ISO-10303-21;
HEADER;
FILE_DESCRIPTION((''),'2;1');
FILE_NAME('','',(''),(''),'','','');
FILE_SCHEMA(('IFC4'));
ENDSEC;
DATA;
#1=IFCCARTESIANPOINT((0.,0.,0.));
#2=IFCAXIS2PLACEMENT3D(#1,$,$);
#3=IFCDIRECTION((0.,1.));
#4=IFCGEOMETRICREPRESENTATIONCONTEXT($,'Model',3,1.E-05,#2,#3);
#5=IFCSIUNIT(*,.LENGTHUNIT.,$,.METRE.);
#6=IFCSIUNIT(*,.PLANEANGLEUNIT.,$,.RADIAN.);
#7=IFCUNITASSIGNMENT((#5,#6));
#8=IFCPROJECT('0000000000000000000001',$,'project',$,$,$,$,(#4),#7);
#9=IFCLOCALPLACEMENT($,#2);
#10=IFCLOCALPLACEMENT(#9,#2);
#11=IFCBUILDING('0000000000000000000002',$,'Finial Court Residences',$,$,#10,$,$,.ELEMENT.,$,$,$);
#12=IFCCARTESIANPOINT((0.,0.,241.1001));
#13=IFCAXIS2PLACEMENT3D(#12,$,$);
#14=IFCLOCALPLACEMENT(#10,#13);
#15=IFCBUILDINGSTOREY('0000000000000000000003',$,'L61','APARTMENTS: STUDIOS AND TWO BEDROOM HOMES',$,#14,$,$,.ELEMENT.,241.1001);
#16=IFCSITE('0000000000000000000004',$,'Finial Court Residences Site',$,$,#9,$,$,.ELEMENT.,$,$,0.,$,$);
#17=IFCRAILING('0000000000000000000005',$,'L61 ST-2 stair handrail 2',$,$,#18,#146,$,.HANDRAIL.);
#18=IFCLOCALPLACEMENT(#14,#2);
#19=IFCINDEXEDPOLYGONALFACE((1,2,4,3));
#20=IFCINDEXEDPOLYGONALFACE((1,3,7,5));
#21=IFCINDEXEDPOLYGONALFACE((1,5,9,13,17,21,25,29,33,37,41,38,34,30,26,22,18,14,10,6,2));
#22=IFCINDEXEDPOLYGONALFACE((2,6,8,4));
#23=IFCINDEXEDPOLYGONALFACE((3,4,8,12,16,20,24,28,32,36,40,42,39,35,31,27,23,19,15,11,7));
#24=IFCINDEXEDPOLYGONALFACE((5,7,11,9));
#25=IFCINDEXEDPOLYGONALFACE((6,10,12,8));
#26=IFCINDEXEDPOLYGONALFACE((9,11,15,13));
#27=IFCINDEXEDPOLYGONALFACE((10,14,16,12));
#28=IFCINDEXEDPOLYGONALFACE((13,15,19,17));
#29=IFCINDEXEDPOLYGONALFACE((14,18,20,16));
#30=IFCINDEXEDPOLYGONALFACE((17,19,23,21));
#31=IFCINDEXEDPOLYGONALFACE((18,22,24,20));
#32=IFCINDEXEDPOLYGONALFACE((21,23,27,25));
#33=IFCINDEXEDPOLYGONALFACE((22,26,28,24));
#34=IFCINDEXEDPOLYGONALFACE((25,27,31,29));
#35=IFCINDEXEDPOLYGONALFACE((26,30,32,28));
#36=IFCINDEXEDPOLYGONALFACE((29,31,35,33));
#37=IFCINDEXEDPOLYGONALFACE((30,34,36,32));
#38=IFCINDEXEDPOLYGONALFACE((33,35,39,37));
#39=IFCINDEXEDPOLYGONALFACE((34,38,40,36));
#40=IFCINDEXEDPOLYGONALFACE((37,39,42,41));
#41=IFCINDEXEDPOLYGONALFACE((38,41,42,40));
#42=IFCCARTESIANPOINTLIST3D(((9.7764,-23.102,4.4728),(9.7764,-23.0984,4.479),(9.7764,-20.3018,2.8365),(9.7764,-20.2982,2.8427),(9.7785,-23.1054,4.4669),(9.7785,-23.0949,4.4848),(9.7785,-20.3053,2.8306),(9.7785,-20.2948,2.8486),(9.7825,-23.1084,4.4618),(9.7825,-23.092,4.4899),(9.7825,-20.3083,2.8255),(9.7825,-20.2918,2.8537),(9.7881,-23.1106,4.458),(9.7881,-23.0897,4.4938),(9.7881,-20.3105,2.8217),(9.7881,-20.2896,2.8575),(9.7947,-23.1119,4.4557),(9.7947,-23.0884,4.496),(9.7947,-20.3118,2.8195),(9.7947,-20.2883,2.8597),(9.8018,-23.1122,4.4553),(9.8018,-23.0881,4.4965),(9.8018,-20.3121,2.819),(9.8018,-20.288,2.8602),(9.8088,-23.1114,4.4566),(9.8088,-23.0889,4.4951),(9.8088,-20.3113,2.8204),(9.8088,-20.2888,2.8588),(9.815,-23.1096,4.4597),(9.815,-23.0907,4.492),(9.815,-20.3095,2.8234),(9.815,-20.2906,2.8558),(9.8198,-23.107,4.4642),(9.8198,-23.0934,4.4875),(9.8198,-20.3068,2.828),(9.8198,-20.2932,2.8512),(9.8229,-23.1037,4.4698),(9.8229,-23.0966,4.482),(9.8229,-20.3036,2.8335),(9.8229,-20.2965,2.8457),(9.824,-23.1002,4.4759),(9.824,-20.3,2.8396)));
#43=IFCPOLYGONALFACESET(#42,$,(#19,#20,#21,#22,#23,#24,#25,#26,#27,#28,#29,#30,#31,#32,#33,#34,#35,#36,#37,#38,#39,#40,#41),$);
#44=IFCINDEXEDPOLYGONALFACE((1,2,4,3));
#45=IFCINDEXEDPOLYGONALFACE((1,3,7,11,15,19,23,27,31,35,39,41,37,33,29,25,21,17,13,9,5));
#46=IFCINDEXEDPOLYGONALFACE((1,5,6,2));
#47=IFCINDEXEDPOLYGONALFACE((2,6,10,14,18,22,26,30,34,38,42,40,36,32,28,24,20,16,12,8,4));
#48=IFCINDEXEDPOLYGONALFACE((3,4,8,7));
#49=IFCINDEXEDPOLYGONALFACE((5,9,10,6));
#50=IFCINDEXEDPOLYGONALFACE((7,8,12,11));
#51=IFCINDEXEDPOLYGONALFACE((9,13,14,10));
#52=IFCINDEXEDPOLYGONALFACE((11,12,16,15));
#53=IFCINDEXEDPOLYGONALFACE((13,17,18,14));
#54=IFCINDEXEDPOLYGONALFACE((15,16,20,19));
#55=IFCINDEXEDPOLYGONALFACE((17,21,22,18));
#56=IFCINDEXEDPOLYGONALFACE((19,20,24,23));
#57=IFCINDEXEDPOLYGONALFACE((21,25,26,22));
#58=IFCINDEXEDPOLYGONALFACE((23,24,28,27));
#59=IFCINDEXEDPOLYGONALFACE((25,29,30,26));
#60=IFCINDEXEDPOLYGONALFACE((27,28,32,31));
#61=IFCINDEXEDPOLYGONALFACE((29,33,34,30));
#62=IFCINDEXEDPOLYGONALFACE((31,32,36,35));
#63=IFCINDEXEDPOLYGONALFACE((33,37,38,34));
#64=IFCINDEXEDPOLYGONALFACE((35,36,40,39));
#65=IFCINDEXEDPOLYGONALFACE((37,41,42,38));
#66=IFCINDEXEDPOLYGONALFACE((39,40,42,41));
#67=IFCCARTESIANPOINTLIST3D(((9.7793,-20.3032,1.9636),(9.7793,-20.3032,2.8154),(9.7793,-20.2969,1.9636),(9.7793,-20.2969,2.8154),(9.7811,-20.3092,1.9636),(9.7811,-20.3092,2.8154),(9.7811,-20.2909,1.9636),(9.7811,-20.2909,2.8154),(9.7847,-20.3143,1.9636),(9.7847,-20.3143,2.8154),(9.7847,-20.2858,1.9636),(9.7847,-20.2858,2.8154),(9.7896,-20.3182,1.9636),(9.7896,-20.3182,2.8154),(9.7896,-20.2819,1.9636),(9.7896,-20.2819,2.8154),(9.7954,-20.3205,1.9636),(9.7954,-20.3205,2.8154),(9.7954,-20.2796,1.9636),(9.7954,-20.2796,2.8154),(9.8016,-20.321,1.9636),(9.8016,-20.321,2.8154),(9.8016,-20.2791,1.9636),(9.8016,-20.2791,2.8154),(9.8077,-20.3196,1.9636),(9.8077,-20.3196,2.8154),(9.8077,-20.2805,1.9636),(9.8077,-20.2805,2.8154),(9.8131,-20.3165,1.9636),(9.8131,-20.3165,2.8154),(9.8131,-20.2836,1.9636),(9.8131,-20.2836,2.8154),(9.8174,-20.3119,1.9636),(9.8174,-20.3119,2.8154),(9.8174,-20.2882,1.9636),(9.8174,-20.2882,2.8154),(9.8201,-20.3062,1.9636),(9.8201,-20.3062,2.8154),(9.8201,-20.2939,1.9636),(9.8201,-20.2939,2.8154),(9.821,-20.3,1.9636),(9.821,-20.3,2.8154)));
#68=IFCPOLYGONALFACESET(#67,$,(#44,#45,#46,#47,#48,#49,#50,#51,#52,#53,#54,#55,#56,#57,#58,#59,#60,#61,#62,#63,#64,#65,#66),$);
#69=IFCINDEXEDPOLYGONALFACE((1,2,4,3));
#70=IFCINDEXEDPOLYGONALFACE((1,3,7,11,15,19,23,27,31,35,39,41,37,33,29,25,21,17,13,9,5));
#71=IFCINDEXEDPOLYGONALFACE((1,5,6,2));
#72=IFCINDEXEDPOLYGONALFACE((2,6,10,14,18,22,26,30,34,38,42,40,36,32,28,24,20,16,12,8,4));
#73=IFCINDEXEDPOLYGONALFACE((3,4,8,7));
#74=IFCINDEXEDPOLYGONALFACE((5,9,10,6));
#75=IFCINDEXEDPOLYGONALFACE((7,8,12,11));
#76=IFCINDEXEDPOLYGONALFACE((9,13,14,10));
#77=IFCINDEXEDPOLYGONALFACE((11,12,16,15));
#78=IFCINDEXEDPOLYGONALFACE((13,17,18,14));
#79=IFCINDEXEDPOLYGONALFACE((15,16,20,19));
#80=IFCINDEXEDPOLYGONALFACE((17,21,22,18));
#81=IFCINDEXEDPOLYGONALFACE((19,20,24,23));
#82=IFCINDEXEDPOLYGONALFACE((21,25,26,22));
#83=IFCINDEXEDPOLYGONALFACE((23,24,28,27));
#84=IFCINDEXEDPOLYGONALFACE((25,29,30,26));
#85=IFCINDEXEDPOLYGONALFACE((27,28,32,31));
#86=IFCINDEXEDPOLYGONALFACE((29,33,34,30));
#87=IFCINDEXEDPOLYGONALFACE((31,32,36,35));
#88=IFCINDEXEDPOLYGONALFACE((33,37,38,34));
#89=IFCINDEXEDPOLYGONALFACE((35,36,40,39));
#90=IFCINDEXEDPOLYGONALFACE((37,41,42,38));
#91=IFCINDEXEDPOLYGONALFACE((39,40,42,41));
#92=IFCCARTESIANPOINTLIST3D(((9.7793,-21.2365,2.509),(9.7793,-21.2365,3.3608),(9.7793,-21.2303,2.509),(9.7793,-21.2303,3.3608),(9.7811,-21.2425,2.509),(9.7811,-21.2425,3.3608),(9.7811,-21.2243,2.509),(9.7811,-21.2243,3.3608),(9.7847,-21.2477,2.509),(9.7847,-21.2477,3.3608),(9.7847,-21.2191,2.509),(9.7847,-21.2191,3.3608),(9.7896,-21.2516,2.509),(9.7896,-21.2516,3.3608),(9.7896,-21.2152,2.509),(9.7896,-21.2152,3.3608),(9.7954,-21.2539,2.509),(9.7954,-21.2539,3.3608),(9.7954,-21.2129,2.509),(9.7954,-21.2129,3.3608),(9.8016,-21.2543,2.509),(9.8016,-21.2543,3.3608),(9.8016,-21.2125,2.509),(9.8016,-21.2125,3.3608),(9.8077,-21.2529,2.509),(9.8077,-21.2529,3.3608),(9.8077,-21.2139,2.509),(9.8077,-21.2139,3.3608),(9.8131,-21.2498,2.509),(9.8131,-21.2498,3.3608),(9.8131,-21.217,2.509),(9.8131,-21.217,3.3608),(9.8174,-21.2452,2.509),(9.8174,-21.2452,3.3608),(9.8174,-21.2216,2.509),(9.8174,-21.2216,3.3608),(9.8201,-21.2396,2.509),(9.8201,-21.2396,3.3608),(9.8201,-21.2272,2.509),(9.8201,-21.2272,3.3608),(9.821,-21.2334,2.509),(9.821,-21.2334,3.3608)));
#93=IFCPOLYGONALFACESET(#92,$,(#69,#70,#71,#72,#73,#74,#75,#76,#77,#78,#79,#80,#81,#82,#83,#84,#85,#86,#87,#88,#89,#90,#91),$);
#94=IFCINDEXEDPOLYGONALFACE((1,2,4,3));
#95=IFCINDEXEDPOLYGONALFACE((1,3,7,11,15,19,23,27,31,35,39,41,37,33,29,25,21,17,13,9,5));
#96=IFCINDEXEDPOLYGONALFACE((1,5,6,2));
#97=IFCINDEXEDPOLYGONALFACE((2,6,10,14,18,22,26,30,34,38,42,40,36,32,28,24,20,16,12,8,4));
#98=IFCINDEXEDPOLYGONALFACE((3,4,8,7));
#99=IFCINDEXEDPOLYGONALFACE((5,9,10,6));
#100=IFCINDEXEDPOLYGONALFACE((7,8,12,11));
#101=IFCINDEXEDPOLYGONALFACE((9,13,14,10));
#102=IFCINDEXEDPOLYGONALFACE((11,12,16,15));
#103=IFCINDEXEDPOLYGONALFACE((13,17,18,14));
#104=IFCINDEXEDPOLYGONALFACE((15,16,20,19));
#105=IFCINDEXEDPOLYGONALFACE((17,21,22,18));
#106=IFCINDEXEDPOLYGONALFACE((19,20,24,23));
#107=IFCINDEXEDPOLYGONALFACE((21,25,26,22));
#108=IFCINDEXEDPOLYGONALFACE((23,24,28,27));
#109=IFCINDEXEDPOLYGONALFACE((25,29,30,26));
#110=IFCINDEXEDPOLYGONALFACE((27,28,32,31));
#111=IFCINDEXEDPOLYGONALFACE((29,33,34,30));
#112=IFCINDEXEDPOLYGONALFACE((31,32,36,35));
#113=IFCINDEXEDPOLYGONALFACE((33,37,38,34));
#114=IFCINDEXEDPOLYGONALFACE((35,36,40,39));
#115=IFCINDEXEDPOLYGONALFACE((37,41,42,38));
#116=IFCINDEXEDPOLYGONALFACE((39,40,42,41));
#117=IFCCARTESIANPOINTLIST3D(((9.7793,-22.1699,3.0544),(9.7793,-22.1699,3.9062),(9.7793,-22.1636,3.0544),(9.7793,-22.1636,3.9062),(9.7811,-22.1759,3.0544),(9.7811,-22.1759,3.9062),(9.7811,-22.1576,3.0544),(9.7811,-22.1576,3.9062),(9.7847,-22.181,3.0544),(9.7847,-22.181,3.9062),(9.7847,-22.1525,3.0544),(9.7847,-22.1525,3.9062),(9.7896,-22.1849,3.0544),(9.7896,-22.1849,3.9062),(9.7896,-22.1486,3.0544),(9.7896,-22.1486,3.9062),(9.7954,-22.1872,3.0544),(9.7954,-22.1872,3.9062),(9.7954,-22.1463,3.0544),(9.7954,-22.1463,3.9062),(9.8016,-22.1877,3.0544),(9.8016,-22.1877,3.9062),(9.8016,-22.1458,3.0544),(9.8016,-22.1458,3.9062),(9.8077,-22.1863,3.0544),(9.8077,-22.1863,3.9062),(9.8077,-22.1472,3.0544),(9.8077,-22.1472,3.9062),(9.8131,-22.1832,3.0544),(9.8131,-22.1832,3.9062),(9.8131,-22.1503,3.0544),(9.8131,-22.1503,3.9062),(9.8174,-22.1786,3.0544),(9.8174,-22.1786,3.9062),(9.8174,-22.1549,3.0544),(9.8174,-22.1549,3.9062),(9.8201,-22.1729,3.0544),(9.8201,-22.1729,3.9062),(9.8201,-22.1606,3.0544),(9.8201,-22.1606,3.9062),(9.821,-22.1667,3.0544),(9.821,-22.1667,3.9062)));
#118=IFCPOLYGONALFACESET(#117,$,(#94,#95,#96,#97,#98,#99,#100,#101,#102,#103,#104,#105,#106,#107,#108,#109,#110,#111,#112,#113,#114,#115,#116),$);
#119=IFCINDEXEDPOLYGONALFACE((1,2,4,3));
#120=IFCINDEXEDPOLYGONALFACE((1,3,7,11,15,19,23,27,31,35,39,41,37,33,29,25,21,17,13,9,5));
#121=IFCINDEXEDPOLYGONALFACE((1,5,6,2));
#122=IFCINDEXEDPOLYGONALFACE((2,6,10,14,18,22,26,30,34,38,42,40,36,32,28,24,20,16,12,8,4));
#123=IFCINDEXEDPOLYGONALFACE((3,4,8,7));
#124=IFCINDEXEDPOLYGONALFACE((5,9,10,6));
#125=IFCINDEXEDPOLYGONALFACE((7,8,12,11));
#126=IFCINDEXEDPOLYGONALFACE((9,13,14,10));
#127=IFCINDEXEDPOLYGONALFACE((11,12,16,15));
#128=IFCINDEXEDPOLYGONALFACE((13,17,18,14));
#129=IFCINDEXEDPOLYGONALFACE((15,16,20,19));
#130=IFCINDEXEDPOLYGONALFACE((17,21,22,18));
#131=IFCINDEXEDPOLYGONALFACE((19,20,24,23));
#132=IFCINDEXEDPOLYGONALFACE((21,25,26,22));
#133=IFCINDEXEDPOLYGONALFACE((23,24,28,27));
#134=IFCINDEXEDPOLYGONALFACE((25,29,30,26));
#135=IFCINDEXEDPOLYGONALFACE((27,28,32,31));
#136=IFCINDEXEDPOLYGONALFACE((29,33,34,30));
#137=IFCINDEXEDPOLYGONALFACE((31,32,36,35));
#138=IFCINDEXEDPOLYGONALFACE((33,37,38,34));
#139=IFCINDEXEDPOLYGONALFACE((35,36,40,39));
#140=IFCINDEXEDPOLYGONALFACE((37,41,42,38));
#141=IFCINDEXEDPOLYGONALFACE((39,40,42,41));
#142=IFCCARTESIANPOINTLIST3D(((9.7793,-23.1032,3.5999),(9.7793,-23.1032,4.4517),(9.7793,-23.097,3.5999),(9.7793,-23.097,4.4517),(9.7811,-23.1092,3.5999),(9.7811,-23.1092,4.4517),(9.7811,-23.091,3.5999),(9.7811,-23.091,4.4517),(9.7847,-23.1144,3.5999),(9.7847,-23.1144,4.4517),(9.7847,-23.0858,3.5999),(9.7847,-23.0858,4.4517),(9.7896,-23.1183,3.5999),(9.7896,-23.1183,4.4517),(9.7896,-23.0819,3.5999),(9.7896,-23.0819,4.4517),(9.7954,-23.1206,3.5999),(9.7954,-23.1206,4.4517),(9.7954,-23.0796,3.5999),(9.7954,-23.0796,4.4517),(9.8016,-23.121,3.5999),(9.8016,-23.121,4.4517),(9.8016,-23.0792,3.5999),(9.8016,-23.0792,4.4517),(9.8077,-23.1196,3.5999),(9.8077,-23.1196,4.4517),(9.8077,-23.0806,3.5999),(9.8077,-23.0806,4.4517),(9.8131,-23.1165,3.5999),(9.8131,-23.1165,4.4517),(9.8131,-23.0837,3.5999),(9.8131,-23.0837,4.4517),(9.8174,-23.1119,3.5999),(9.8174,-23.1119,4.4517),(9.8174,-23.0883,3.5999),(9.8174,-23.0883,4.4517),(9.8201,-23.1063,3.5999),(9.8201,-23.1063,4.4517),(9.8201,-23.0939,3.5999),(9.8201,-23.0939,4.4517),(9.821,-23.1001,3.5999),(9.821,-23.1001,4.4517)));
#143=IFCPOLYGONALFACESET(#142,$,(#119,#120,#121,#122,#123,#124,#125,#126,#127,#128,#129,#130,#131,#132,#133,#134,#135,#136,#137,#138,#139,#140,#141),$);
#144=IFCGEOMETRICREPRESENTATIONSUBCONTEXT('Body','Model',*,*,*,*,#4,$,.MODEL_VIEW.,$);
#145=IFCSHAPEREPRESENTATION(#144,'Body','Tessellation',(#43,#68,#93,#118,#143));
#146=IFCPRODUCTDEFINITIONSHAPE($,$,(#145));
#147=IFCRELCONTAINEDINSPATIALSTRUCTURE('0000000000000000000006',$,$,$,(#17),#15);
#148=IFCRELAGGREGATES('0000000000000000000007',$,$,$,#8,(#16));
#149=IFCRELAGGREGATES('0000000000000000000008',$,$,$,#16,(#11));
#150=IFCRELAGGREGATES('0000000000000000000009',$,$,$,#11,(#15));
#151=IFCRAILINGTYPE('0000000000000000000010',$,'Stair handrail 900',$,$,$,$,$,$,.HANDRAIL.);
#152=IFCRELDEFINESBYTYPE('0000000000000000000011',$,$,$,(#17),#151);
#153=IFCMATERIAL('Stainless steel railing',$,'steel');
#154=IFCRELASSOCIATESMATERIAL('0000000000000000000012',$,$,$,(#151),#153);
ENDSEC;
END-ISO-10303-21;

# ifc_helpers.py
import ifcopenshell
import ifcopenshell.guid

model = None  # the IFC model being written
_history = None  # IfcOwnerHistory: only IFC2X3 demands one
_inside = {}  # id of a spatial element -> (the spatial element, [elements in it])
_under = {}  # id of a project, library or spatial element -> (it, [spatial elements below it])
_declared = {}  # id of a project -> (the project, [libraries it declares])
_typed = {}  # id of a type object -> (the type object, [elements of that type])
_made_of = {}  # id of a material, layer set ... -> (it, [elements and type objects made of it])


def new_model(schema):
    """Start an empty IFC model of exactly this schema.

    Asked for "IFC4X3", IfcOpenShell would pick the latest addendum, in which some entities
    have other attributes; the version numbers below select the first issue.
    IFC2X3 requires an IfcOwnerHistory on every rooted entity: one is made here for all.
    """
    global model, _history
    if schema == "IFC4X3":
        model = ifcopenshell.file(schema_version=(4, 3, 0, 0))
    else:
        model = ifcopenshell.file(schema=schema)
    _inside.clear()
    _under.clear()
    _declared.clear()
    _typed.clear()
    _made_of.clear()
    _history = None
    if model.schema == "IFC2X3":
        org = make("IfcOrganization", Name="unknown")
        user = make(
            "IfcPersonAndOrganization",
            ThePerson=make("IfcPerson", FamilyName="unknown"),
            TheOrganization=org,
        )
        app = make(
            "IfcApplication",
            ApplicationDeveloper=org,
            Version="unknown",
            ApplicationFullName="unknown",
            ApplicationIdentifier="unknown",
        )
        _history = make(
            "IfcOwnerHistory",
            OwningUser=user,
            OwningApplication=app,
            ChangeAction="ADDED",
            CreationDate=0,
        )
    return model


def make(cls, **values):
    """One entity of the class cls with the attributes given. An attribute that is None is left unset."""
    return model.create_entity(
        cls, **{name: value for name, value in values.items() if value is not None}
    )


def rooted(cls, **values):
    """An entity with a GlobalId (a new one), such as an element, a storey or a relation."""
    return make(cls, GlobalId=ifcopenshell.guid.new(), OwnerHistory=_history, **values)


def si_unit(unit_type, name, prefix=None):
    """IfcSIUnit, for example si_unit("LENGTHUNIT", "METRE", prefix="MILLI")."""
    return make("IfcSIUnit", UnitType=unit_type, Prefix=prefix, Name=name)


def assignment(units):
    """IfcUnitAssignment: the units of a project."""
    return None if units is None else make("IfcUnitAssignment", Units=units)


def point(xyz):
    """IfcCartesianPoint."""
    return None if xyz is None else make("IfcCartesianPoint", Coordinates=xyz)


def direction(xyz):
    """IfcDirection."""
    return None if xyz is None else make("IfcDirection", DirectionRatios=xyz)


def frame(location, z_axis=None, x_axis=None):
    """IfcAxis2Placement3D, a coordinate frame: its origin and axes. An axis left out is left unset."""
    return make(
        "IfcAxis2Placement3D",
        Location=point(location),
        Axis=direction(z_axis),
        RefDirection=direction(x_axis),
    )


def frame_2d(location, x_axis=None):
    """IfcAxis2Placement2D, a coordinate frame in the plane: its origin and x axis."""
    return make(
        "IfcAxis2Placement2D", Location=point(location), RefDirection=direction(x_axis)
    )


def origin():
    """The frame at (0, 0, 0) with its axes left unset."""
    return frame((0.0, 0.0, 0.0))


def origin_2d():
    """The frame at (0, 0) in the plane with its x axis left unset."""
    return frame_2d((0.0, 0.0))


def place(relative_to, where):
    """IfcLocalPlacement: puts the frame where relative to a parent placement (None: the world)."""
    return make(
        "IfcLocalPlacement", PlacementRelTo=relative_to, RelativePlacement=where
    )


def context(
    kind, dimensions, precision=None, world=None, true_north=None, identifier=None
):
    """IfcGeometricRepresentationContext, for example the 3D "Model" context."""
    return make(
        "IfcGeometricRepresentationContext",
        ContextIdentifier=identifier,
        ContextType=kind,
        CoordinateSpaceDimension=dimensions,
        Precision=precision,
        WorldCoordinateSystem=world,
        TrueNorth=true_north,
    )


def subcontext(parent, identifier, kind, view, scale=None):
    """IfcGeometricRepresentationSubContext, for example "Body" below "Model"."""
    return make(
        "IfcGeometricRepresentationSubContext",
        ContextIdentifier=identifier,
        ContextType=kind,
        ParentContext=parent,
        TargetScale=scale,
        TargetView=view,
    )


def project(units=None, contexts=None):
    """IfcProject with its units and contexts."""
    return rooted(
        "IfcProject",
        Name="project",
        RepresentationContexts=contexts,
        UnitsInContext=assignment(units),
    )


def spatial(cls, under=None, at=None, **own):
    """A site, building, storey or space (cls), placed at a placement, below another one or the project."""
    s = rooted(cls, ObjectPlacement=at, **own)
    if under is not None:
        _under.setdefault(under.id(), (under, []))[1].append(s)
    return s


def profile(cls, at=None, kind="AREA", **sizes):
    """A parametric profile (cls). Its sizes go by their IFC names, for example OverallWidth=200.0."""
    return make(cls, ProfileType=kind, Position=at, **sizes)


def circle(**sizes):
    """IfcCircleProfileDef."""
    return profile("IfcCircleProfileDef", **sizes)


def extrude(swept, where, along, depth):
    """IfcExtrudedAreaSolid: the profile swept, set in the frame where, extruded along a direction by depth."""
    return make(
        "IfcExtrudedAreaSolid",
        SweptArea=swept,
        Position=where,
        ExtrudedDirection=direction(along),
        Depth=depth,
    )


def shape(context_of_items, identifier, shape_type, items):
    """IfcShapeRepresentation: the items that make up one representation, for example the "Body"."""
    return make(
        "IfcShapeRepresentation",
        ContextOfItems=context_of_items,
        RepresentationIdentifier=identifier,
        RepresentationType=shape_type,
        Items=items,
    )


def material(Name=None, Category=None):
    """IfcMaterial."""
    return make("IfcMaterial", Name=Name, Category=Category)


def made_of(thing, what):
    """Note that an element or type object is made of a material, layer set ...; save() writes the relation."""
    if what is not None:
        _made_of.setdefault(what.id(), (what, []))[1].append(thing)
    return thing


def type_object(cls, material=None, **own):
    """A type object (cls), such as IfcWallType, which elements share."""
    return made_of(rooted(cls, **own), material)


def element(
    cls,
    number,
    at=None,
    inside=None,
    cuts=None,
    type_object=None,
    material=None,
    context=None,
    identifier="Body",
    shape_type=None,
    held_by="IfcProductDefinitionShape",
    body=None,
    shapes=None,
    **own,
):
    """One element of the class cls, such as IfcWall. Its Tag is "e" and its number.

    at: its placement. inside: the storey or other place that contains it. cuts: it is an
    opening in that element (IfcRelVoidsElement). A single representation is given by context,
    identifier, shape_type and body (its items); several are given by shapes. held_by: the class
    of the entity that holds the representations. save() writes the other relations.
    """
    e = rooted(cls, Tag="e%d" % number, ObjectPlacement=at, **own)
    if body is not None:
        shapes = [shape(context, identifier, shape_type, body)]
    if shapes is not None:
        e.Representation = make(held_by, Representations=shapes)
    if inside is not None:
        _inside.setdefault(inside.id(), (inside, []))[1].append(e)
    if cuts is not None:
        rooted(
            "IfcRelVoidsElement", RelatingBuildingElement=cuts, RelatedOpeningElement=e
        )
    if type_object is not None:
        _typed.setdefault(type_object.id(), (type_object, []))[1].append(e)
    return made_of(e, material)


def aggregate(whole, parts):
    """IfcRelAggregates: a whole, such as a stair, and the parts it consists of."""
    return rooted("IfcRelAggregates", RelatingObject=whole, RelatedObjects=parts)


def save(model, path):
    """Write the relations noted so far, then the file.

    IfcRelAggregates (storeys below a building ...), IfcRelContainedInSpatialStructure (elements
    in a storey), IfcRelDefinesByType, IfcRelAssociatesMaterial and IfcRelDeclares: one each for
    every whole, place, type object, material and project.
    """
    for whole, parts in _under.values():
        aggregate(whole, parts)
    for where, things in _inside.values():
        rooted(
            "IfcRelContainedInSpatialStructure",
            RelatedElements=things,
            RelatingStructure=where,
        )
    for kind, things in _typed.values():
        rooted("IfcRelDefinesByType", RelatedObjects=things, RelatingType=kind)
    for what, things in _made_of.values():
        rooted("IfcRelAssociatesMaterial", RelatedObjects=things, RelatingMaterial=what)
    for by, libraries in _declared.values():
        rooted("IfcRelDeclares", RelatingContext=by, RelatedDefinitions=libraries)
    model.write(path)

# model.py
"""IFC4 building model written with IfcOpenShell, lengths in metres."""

from ifc_helpers import new_model, si_unit, direction, frame, origin, origin_2d, place, context, subcontext, project, spatial, circle, extrude, material, type_object, element, save


model = new_model("IFC4")

# Units and contexts
model_context = context("Model", 3, precision=1e-05, world=origin(), true_north=direction((0.0, 1.0)))
body_context = subcontext(model_context, "Body", "Model", "MODEL_VIEW")
ifc_project = project(units=[si_unit("LENGTHUNIT", "METRE"), si_unit("PLANEANGLEUNIT", "RADIAN")], contexts=[model_context])

# Site, building, storey
site_placement = place(None, origin())
site = spatial("IfcSite", under=ifc_project, at=site_placement, Name="Finial Court Residences Site", CompositionType="ELEMENT", RefElevation=0.0)
building_placement = place(site_placement, origin())
building = spatial("IfcBuilding", under=site, at=building_placement, Name="Finial Court Residences", CompositionType="ELEMENT")
storey_placement = place(building_placement, frame((0.0, 0.0, 241.1001)))
storey = spatial("IfcBuildingStorey", under=building, at=storey_placement, Name="L61", Description="APARTMENTS: STUDIOS AND TWO BEDROOM HOMES", CompositionType="ELEMENT", Elevation=241.1001)

# Railing
ifc_material_1 = material(Name="Stainless steel railing", Category="steel")
railing_type_1 = type_object("IfcRailingType", Name="Stair handrail 900", PredefinedType="HANDRAIL", material=ifc_material_1)
railing_1_placement = place(storey_placement, frame((9.8, -20.3, 1.9636)))
element("IfcRailing", 1, at=railing_1_placement, inside=storey, type_object=railing_type_1, Name="L61 ST-2 stair handrail 2", PredefinedType="HANDRAIL", context=body_context, shape_type="SweptSolid", body=[
    extrude(circle(Radius=0.0239, at=origin_2d()), frame((0.0, 0.0, 0.876), z_axis=(0.0, -0.863394, 0.504531), x_axis=(1.0, 0.0, 0.0)), (0.0, 0.0, 1.0), 3.2432),
    extrude(circle(Radius=0.021, at=origin_2d()), origin(), (0.0, 0.0, 1.0), 0.8518),
    extrude(circle(Radius=0.021, at=origin_2d()), frame((0.0, -0.9333, 0.5454)), (0.0, 0.0, 1.0), 0.8518),
    extrude(circle(Radius=0.021, at=origin_2d()), frame((0.0, -1.8667, 1.0908)), (0.0, 0.0, 1.0), 0.8518),
    extrude(circle(Radius=0.021, at=origin_2d()), frame((0.0, -2.8, 1.6362)), (0.0, 0.0, 1.0), 0.8518),
])

save(model, "model.ifc")
